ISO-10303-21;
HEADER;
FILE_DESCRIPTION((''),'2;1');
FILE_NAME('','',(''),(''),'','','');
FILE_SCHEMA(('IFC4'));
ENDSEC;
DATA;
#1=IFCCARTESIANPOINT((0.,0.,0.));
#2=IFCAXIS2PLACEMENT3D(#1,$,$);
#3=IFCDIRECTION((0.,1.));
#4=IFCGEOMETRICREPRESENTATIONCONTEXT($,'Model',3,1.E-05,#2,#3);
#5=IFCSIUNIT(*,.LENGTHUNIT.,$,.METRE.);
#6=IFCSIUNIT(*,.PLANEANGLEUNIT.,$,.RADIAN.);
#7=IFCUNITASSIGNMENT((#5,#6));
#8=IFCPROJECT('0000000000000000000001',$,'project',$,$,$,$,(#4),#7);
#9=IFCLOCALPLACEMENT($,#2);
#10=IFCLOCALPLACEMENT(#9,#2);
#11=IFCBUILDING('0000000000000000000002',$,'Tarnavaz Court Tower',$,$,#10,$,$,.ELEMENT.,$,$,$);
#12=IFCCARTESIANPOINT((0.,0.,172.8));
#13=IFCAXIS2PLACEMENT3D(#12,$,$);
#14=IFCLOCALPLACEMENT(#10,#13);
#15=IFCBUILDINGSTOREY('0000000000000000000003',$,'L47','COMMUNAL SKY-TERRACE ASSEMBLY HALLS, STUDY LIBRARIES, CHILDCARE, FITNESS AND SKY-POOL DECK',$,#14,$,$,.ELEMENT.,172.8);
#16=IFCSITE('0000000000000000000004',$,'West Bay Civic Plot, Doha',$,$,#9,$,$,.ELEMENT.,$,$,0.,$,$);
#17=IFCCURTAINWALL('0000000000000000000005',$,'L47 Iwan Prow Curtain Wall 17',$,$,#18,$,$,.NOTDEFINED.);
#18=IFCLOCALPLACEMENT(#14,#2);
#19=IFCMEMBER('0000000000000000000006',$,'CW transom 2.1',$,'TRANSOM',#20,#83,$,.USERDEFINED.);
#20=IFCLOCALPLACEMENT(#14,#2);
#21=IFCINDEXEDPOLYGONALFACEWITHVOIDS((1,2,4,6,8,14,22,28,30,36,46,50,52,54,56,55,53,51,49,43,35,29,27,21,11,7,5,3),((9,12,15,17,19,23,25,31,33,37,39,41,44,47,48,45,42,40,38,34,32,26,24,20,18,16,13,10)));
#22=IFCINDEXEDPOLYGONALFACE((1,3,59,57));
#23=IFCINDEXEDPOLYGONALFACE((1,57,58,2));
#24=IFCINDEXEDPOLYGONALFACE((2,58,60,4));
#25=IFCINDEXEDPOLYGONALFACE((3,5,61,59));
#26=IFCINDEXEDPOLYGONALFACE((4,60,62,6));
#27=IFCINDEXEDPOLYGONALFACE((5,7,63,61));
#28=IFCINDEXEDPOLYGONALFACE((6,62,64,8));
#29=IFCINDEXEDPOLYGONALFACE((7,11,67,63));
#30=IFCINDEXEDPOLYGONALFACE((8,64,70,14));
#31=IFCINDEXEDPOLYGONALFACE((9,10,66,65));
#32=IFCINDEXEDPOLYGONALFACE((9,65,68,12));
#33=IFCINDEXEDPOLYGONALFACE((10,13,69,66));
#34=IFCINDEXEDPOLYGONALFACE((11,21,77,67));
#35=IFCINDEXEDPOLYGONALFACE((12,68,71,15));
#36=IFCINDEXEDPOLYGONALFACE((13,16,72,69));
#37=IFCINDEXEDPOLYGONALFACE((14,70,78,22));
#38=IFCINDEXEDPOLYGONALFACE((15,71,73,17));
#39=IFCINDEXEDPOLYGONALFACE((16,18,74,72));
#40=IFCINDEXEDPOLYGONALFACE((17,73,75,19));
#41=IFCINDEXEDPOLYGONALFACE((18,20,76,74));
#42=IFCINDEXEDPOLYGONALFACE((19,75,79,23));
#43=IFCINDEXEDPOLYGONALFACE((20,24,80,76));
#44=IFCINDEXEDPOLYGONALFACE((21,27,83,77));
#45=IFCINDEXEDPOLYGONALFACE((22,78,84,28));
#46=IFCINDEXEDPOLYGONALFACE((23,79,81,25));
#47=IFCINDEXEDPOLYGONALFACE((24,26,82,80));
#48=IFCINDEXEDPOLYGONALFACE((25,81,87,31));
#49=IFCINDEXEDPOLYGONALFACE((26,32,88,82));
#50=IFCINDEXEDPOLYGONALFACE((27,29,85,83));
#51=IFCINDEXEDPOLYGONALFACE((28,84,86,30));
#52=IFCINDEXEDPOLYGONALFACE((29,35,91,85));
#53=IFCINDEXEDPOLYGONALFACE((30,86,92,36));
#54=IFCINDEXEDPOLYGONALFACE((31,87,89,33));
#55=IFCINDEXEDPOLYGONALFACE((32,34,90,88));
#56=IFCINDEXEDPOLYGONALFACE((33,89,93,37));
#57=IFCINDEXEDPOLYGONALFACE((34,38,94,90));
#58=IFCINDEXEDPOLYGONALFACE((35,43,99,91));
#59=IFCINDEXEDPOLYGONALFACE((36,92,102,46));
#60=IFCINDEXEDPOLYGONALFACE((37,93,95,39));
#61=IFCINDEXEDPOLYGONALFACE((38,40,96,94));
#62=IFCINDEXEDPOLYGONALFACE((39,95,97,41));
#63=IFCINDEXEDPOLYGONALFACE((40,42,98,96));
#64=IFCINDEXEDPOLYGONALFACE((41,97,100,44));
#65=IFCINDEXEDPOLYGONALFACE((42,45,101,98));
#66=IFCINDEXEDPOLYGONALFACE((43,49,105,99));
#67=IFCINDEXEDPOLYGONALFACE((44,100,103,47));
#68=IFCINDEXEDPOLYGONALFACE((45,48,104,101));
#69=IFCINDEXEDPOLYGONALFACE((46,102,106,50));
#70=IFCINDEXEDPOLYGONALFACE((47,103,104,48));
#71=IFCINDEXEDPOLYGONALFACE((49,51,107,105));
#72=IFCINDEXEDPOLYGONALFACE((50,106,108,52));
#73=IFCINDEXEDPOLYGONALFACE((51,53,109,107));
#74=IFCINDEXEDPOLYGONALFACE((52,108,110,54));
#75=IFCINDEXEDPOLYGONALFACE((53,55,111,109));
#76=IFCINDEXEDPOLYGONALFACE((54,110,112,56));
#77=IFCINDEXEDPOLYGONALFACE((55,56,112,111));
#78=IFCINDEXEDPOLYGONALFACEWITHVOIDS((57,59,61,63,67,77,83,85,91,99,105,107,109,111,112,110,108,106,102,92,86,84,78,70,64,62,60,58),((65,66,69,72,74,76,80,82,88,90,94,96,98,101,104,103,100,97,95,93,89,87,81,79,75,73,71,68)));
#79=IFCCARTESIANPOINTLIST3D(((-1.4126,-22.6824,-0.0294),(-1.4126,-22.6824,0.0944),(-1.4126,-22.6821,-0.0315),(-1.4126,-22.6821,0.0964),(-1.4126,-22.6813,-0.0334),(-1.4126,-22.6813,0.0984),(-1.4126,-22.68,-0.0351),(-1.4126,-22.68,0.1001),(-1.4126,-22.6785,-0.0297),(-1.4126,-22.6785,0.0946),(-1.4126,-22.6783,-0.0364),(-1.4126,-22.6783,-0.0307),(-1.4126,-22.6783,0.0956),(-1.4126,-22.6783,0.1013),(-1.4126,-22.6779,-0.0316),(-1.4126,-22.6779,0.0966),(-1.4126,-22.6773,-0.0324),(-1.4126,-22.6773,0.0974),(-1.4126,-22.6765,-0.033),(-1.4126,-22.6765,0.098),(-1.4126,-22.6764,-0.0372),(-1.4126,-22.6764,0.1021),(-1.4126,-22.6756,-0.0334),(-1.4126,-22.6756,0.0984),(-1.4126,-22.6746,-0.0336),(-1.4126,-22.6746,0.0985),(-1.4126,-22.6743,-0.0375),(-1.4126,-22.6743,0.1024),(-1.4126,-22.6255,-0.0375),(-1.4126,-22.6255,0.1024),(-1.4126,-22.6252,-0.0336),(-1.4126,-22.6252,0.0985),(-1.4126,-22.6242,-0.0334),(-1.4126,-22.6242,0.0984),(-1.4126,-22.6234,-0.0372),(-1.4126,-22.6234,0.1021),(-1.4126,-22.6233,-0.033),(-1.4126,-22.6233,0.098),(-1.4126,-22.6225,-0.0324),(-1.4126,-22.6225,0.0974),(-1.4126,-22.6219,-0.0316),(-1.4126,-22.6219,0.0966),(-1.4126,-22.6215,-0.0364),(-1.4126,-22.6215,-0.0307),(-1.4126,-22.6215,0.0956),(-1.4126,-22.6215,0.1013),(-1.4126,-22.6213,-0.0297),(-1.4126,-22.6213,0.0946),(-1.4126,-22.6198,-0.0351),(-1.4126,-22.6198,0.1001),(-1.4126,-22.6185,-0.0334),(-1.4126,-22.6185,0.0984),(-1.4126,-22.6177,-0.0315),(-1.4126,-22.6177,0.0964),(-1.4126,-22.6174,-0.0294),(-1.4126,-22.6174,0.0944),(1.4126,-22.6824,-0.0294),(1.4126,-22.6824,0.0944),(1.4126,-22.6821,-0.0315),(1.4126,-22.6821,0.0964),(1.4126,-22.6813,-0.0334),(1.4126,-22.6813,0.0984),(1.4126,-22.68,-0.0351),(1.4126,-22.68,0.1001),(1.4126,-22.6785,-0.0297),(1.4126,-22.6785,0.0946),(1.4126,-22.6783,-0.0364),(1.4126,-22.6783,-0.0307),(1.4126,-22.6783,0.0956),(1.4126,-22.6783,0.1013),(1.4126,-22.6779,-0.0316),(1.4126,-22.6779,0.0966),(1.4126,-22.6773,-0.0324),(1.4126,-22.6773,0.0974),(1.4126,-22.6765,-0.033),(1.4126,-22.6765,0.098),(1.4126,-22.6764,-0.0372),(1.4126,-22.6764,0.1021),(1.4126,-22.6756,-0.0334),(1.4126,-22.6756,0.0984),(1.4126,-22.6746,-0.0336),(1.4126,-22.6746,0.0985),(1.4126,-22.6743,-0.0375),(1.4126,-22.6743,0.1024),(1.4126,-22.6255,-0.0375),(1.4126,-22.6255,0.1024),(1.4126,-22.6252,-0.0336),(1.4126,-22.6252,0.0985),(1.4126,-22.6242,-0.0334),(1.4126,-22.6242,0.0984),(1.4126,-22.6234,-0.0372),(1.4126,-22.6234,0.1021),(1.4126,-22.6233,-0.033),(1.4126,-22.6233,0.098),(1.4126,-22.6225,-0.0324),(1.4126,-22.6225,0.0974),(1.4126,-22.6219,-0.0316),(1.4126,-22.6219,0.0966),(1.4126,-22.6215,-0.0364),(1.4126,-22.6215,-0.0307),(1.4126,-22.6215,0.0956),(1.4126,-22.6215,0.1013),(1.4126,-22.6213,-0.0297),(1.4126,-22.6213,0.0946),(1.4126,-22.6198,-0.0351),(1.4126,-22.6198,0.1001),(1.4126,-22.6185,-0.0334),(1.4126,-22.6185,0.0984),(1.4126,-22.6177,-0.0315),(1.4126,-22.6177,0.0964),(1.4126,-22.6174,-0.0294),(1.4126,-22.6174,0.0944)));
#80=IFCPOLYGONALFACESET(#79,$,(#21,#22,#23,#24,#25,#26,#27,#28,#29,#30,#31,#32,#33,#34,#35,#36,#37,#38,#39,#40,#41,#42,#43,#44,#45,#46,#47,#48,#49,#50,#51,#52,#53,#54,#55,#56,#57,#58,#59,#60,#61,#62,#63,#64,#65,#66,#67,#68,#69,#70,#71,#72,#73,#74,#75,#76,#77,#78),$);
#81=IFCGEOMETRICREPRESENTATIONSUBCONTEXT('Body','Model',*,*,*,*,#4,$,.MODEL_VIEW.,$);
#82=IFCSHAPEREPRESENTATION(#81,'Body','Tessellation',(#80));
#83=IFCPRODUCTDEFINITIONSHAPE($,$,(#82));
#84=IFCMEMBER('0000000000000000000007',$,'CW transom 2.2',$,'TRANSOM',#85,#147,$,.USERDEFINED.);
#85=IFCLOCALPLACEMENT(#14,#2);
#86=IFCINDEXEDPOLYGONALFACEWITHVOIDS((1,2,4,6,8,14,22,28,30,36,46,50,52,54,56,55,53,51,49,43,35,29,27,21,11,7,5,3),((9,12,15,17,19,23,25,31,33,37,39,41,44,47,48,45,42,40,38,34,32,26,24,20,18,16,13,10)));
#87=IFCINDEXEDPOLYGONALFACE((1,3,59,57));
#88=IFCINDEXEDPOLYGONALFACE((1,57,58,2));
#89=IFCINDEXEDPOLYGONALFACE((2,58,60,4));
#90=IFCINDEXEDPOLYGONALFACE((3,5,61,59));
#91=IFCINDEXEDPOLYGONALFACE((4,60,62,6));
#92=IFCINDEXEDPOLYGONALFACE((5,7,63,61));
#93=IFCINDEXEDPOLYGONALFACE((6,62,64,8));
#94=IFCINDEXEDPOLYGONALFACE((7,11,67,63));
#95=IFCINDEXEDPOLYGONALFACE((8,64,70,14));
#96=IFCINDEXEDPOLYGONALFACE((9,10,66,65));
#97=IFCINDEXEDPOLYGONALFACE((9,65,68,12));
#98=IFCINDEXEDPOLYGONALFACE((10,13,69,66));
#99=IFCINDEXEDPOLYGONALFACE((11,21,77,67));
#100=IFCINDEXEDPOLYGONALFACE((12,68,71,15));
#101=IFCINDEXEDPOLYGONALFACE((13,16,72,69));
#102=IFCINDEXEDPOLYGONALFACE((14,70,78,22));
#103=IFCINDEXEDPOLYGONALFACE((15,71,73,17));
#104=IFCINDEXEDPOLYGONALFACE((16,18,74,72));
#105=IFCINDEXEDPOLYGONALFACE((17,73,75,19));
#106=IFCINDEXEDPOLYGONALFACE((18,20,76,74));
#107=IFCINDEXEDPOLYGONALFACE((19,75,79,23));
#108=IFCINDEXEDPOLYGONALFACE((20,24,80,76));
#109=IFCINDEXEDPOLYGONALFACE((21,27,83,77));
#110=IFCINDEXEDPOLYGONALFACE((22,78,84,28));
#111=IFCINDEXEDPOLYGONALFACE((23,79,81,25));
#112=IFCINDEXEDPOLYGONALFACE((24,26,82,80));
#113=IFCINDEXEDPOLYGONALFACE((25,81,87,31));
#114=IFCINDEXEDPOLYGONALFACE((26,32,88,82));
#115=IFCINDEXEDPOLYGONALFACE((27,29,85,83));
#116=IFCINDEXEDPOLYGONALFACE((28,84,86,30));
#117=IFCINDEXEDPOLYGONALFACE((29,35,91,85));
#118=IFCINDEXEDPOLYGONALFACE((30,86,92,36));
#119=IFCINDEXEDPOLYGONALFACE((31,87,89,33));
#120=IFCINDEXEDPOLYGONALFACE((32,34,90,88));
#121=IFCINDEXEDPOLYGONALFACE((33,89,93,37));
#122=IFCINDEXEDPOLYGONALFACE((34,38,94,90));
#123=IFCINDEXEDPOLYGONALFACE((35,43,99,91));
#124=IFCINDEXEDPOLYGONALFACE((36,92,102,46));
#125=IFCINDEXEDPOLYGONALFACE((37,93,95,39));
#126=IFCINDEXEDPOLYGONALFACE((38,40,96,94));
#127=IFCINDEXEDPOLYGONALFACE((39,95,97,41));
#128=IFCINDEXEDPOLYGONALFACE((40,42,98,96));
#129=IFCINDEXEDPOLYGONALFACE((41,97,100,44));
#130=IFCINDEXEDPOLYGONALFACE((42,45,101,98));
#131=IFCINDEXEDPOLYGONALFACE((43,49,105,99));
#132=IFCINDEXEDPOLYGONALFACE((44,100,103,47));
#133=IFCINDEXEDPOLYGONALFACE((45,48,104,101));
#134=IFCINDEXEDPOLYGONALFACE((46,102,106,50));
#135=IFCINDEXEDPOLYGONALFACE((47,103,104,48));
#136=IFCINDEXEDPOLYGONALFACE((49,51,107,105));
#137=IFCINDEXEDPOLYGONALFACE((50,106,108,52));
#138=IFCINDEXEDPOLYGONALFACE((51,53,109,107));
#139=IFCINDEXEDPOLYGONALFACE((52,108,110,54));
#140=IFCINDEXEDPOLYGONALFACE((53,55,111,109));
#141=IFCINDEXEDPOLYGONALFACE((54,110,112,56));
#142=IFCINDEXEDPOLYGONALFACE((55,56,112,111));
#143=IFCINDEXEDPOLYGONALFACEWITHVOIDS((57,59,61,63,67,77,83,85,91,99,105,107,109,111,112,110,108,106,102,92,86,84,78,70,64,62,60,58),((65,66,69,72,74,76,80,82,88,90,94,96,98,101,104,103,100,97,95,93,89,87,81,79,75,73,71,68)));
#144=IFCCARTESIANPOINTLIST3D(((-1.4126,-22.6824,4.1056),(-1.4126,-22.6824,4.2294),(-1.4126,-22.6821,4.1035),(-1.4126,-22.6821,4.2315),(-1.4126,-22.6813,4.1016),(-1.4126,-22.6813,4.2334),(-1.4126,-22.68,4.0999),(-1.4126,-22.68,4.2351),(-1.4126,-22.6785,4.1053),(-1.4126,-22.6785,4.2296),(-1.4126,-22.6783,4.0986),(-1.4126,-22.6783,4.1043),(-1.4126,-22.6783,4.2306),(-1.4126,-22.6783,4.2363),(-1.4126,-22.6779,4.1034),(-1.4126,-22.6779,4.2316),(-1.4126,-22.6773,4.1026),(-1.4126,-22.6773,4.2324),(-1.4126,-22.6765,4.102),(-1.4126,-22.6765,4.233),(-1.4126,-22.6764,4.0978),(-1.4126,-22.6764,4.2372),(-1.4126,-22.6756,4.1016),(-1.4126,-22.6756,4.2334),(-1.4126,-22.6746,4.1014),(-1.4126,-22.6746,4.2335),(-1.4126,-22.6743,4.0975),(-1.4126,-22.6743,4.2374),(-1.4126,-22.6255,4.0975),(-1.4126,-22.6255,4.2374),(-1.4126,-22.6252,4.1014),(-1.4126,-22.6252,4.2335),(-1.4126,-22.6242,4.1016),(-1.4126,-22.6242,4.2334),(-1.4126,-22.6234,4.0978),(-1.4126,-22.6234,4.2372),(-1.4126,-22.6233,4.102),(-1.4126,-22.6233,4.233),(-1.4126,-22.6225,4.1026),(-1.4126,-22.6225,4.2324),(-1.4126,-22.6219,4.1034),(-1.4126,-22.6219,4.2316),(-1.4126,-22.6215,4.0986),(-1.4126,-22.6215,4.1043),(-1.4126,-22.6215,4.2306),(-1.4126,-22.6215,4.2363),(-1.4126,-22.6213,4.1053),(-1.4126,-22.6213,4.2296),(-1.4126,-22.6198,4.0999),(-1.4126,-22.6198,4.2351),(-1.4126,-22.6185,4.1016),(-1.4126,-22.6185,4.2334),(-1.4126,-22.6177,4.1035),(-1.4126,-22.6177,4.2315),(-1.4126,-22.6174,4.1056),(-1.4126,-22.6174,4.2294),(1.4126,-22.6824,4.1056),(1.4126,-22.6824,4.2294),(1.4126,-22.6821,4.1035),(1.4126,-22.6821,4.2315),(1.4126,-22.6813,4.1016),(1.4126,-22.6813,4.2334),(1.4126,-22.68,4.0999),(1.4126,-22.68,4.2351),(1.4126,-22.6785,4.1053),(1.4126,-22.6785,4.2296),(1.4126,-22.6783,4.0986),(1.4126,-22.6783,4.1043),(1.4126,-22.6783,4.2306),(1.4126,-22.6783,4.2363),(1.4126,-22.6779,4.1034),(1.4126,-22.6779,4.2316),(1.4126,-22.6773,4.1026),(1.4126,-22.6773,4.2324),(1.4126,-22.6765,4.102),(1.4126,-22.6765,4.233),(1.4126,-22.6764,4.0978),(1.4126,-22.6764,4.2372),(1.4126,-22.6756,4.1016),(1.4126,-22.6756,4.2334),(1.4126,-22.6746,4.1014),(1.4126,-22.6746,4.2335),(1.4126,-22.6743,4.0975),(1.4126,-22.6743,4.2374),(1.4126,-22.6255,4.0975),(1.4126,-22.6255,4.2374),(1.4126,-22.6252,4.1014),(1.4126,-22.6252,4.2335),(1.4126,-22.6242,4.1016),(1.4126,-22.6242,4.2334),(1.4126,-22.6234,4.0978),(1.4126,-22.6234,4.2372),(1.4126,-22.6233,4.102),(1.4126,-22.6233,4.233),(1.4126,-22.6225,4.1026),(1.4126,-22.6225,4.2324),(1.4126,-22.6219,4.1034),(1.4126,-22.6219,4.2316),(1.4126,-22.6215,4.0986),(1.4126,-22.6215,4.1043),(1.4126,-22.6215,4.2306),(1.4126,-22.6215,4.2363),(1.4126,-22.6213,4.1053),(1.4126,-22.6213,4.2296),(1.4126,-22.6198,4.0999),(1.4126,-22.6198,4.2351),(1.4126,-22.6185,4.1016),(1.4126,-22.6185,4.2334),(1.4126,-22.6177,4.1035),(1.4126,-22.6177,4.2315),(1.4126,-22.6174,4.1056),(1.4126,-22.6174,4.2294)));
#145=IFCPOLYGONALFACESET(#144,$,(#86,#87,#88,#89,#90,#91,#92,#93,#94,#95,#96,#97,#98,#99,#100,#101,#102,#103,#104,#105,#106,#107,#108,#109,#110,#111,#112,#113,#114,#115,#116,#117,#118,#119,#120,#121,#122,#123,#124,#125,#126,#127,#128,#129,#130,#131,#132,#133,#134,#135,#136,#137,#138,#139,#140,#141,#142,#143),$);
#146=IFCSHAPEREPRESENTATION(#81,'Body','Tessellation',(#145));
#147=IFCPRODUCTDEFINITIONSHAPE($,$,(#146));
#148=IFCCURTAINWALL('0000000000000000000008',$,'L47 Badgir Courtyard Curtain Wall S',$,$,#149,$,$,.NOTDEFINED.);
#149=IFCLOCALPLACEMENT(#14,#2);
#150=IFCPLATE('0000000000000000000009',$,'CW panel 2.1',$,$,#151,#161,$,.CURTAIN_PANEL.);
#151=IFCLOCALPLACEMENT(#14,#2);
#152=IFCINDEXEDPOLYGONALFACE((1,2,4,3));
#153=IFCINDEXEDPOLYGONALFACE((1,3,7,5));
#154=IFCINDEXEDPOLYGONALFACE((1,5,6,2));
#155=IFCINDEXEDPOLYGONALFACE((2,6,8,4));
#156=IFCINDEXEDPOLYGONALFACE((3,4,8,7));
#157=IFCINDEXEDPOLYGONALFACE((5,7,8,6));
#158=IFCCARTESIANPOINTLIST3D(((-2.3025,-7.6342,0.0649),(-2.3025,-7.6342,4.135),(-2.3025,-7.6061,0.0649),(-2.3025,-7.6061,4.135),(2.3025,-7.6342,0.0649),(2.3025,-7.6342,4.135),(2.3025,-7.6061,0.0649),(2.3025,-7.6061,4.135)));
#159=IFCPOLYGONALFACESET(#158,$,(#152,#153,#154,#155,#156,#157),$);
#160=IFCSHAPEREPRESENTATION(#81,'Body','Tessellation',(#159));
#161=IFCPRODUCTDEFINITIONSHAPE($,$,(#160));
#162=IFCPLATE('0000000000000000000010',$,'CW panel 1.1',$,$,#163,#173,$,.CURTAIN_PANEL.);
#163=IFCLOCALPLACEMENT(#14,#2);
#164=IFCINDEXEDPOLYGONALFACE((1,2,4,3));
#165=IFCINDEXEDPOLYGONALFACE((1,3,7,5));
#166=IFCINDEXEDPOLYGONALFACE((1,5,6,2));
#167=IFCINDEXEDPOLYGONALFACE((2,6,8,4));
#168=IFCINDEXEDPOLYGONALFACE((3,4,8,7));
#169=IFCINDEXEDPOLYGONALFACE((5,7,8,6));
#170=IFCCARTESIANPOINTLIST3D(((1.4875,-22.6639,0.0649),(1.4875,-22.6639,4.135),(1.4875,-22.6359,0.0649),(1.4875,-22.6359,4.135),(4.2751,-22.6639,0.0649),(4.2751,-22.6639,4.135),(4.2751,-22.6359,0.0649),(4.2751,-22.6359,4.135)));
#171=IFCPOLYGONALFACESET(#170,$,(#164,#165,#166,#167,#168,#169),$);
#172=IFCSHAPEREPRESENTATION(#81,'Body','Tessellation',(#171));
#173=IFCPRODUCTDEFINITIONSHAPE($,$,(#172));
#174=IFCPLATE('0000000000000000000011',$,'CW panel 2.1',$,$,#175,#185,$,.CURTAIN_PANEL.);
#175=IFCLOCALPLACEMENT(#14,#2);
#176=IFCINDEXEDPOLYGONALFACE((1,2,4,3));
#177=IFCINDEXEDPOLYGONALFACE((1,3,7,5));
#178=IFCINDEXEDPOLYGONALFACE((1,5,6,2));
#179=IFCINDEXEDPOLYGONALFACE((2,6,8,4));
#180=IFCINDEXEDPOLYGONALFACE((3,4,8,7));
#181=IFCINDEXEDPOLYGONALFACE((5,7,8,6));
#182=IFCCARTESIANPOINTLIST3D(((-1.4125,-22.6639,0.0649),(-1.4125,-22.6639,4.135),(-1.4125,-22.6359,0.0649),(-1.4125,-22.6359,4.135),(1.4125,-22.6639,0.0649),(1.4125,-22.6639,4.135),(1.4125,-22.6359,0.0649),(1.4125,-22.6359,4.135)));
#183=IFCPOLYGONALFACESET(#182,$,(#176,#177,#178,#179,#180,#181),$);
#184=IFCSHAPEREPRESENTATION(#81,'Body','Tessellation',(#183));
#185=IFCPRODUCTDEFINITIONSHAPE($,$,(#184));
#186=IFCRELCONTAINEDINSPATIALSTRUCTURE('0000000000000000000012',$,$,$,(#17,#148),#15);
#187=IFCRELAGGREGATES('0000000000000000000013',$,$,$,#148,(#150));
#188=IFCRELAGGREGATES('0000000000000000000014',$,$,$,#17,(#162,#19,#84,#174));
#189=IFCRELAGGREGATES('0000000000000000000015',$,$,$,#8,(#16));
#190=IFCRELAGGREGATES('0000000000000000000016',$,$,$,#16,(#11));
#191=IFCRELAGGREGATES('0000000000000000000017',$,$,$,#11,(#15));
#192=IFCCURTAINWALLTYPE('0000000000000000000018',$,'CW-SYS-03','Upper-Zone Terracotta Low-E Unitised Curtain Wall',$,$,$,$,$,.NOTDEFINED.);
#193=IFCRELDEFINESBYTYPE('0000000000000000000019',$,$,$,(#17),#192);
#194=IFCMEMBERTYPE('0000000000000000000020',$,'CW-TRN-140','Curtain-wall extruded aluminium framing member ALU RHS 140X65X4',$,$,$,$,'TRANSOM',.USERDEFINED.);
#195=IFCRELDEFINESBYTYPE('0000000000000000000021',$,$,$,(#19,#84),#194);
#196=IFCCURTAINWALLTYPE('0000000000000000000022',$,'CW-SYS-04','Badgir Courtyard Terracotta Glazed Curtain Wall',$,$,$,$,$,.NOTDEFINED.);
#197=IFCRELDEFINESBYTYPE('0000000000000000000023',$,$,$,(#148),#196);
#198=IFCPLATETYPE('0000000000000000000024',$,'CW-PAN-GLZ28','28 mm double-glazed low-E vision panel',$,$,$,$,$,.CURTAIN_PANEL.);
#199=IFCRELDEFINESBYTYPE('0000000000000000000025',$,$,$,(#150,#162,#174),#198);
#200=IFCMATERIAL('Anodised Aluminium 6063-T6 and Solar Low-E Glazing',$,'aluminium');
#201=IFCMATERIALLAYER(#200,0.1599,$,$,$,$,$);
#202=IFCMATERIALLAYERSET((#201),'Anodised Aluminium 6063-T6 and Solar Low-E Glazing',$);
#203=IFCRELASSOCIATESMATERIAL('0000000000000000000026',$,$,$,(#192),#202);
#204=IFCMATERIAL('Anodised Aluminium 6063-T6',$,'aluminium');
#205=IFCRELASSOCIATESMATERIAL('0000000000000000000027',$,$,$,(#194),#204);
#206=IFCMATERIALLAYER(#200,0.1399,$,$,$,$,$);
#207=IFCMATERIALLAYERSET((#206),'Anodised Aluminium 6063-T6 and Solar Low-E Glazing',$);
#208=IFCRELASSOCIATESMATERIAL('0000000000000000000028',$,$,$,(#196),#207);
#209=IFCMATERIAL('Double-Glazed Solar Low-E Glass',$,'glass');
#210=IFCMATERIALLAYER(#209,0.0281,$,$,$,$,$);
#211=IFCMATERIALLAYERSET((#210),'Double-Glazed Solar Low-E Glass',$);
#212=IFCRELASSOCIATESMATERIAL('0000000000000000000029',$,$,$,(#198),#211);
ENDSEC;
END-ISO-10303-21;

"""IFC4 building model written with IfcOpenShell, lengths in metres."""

from ifc_helpers import new_model, si_unit, direction, frame, origin, origin_2d, place, context, subcontext, project, spatial, rectangle, hollow_rectangle, extrude, material, layer, layer_set, material_profile, profile_set, type_object, element, aggregate, save


model = new_model("IFC4")

# Units and contexts
model_context = context("Model", 3, precision=1e-05, world=origin(), true_north=direction((0.0, 1.0)))
body_context = subcontext(model_context, "Body", "Model", "MODEL_VIEW")
ifc_project = project(units=[si_unit("LENGTHUNIT", "METRE"), si_unit("PLANEANGLEUNIT", "RADIAN")], contexts=[model_context])

# Site, building, storey
site_placement = place(None, origin())
site = spatial("IfcSite", under=ifc_project, at=site_placement, Name="West Bay Civic Plot, Doha", CompositionType="ELEMENT", RefElevation=0.0)
building_placement = place(site_placement, origin())
building = spatial("IfcBuilding", under=site, at=building_placement, Name="Tarnavaz Court Tower", CompositionType="ELEMENT")
storey_placement = place(building_placement, frame((0.0, 0.0, 172.8)))
storey = spatial("IfcBuildingStorey", under=building, at=storey_placement, Name="L47", Description="COMMUNAL SKY-TERRACE ASSEMBLY HALLS, STUDY LIBRARIES, CHILDCARE, FITNESS AND SKY-POOL DECK", CompositionType="ELEMENT", Elevation=172.8)

# Curtain wall, members
ifc_material_1 = material(Name="Anodised Aluminium 6063-T6 and Solar Low-E Glazing", Category="aluminium")
ifc_layer_1 = layer(ifc_material_1, 0.1599)
ifc_layer_set_1 = layer_set([ifc_layer_1], Name="Anodised Aluminium 6063-T6 and Solar Low-E Glazing")
curtain_wall_type_1 = type_object("IfcCurtainWallType", Name="CW-SYS-03", Description="Upper-Zone Terracotta Low-E Unitised Curtain Wall", PredefinedType="NOTDEFINED", material=ifc_layer_set_1)
curtain_wall_1_placement = place(storey_placement, origin())
curtain_wall_1 = element("IfcCurtainWall", 1, at=curtain_wall_1_placement, inside=storey, type_object=curtain_wall_type_1, Name="L47 Iwan Prow Curtain Wall 17", PredefinedType="NOTDEFINED")
ifc_material_2 = material(Name="Anodised Aluminium 6063-T6", Category="aluminium")
ifc_material_profile_1 = material_profile(ifc_material_2, hollow_rectangle(XDim=0.0649, YDim=0.1399, WallThickness=0.0039, InnerFilletRadius=0.0039, OuterFilletRadius=0.0081, at=origin_2d()), Name="ALU RHS 140X65X4")
ifc_profile_set_1 = profile_set([ifc_material_profile_1], Name="Anodised Aluminium 6063-T6")
member_type_1 = type_object("IfcMemberType", Name="CW-TRN-140", Description="Curtain-wall extruded aluminium framing member ALU RHS 140X65X4", ElementType="TRANSOM", PredefinedType="USERDEFINED", material=ifc_profile_set_1)
member_1_placement = place(storey_placement, frame((1.4126, -22.6499, 0.0325), z_axis=(-1.0, 0.0, 0.0), x_axis=(0.0, -1.0, 0.0)))
member_1 = element("IfcMember", 2, at=member_1_placement, type_object=member_type_1, Name="CW transom 2.1", ObjectType="TRANSOM", PredefinedType="USERDEFINED", context=body_context, shape_type="SweptSolid", body=[
    extrude(hollow_rectangle(XDim=0.0649, YDim=0.1399, WallThickness=0.0039, InnerFilletRadius=0.0039, OuterFilletRadius=0.0081, at=origin_2d()), origin(), (0.0, 0.0, 1.0), 2.8252),
])
member_2_placement = place(storey_placement, frame((1.4126, -22.6499, 4.1675), z_axis=(-1.0, 0.0, 0.0), x_axis=(0.0, -1.0, 0.0)))
member_2 = element("IfcMember", 3, at=member_2_placement, type_object=member_type_1, Name="CW transom 2.2", ObjectType="TRANSOM", PredefinedType="USERDEFINED", context=body_context, shape_type="SweptSolid", body=[
    extrude(hollow_rectangle(XDim=0.0649, YDim=0.1399, WallThickness=0.0039, InnerFilletRadius=0.0039, OuterFilletRadius=0.0081, at=origin_2d()), origin(), (0.0, 0.0, 1.0), 2.8252),
])

# Curtain wall, plate
ifc_layer_2 = layer(ifc_material_1, 0.1399)
ifc_layer_set_2 = layer_set([ifc_layer_2], Name="Anodised Aluminium 6063-T6 and Solar Low-E Glazing")
curtain_wall_type_2 = type_object("IfcCurtainWallType", Name="CW-SYS-04", Description="Badgir Courtyard Terracotta Glazed Curtain Wall", PredefinedType="NOTDEFINED", material=ifc_layer_set_2)
curtain_wall_2_placement = place(storey_placement, origin())
curtain_wall_2 = element("IfcCurtainWall", 4, at=curtain_wall_2_placement, inside=storey, type_object=curtain_wall_type_2, Name="L47 Badgir Courtyard Curtain Wall S", PredefinedType="NOTDEFINED")
ifc_material_3 = material(Name="Double-Glazed Solar Low-E Glass", Category="glass")
ifc_layer_3 = layer(ifc_material_3, 0.0281)
ifc_layer_set_3 = layer_set([ifc_layer_3], Name="Double-Glazed Solar Low-E Glass")
plate_type = type_object("IfcPlateType", Name="CW-PAN-GLZ28", Description="28 mm double-glazed low-E vision panel", PredefinedType="CURTAIN_PANEL", material=ifc_layer_set_3)
plate_1_placement = place(storey_placement, frame((0.0, -7.6201, 0.0649), z_axis=(0.0, 0.0, 1.0), x_axis=(1.0, 0.0, 0.0)))
plate_1 = element("IfcPlate", 5, at=plate_1_placement, type_object=plate_type, Name="CW panel 2.1", PredefinedType="CURTAIN_PANEL", context=body_context, shape_type="SweptSolid", body=[
    extrude(rectangle(XDim=4.605, YDim=0.0281, at=origin_2d()), origin(), (0.0, 0.0, 1.0), 4.0701),
])
aggregate(curtain_wall_2, [plate_1])

# Plates
plate_2_placement = place(storey_placement, frame((2.8813, -22.6499, 0.0649), z_axis=(0.0, 0.0, 1.0), x_axis=(-1.0, 0.0, 0.0)))
plate_2 = element("IfcPlate", 6, at=plate_2_placement, type_object=plate_type, Name="CW panel 1.1", PredefinedType="CURTAIN_PANEL", context=body_context, shape_type="SweptSolid", body=[
    extrude(rectangle(XDim=2.7876, YDim=0.0281, at=origin_2d()), origin(), (0.0, 0.0, 1.0), 4.0701),
])
plate_3_placement = place(storey_placement, frame((0.0, -22.6499, 0.0649), z_axis=(0.0, 0.0, 1.0), x_axis=(-1.0, 0.0, 0.0)))
plate_3 = element("IfcPlate", 7, at=plate_3_placement, type_object=plate_type, Name="CW panel 2.1", PredefinedType="CURTAIN_PANEL", context=body_context, shape_type="SweptSolid", body=[
    extrude(rectangle(XDim=2.825, YDim=0.0281, at=origin_2d()), origin(), (0.0, 0.0, 1.0), 4.0701),
])
aggregate(curtain_wall_1, [plate_2, member_1, member_2, plate_3])

save(model, "model.ifc")
